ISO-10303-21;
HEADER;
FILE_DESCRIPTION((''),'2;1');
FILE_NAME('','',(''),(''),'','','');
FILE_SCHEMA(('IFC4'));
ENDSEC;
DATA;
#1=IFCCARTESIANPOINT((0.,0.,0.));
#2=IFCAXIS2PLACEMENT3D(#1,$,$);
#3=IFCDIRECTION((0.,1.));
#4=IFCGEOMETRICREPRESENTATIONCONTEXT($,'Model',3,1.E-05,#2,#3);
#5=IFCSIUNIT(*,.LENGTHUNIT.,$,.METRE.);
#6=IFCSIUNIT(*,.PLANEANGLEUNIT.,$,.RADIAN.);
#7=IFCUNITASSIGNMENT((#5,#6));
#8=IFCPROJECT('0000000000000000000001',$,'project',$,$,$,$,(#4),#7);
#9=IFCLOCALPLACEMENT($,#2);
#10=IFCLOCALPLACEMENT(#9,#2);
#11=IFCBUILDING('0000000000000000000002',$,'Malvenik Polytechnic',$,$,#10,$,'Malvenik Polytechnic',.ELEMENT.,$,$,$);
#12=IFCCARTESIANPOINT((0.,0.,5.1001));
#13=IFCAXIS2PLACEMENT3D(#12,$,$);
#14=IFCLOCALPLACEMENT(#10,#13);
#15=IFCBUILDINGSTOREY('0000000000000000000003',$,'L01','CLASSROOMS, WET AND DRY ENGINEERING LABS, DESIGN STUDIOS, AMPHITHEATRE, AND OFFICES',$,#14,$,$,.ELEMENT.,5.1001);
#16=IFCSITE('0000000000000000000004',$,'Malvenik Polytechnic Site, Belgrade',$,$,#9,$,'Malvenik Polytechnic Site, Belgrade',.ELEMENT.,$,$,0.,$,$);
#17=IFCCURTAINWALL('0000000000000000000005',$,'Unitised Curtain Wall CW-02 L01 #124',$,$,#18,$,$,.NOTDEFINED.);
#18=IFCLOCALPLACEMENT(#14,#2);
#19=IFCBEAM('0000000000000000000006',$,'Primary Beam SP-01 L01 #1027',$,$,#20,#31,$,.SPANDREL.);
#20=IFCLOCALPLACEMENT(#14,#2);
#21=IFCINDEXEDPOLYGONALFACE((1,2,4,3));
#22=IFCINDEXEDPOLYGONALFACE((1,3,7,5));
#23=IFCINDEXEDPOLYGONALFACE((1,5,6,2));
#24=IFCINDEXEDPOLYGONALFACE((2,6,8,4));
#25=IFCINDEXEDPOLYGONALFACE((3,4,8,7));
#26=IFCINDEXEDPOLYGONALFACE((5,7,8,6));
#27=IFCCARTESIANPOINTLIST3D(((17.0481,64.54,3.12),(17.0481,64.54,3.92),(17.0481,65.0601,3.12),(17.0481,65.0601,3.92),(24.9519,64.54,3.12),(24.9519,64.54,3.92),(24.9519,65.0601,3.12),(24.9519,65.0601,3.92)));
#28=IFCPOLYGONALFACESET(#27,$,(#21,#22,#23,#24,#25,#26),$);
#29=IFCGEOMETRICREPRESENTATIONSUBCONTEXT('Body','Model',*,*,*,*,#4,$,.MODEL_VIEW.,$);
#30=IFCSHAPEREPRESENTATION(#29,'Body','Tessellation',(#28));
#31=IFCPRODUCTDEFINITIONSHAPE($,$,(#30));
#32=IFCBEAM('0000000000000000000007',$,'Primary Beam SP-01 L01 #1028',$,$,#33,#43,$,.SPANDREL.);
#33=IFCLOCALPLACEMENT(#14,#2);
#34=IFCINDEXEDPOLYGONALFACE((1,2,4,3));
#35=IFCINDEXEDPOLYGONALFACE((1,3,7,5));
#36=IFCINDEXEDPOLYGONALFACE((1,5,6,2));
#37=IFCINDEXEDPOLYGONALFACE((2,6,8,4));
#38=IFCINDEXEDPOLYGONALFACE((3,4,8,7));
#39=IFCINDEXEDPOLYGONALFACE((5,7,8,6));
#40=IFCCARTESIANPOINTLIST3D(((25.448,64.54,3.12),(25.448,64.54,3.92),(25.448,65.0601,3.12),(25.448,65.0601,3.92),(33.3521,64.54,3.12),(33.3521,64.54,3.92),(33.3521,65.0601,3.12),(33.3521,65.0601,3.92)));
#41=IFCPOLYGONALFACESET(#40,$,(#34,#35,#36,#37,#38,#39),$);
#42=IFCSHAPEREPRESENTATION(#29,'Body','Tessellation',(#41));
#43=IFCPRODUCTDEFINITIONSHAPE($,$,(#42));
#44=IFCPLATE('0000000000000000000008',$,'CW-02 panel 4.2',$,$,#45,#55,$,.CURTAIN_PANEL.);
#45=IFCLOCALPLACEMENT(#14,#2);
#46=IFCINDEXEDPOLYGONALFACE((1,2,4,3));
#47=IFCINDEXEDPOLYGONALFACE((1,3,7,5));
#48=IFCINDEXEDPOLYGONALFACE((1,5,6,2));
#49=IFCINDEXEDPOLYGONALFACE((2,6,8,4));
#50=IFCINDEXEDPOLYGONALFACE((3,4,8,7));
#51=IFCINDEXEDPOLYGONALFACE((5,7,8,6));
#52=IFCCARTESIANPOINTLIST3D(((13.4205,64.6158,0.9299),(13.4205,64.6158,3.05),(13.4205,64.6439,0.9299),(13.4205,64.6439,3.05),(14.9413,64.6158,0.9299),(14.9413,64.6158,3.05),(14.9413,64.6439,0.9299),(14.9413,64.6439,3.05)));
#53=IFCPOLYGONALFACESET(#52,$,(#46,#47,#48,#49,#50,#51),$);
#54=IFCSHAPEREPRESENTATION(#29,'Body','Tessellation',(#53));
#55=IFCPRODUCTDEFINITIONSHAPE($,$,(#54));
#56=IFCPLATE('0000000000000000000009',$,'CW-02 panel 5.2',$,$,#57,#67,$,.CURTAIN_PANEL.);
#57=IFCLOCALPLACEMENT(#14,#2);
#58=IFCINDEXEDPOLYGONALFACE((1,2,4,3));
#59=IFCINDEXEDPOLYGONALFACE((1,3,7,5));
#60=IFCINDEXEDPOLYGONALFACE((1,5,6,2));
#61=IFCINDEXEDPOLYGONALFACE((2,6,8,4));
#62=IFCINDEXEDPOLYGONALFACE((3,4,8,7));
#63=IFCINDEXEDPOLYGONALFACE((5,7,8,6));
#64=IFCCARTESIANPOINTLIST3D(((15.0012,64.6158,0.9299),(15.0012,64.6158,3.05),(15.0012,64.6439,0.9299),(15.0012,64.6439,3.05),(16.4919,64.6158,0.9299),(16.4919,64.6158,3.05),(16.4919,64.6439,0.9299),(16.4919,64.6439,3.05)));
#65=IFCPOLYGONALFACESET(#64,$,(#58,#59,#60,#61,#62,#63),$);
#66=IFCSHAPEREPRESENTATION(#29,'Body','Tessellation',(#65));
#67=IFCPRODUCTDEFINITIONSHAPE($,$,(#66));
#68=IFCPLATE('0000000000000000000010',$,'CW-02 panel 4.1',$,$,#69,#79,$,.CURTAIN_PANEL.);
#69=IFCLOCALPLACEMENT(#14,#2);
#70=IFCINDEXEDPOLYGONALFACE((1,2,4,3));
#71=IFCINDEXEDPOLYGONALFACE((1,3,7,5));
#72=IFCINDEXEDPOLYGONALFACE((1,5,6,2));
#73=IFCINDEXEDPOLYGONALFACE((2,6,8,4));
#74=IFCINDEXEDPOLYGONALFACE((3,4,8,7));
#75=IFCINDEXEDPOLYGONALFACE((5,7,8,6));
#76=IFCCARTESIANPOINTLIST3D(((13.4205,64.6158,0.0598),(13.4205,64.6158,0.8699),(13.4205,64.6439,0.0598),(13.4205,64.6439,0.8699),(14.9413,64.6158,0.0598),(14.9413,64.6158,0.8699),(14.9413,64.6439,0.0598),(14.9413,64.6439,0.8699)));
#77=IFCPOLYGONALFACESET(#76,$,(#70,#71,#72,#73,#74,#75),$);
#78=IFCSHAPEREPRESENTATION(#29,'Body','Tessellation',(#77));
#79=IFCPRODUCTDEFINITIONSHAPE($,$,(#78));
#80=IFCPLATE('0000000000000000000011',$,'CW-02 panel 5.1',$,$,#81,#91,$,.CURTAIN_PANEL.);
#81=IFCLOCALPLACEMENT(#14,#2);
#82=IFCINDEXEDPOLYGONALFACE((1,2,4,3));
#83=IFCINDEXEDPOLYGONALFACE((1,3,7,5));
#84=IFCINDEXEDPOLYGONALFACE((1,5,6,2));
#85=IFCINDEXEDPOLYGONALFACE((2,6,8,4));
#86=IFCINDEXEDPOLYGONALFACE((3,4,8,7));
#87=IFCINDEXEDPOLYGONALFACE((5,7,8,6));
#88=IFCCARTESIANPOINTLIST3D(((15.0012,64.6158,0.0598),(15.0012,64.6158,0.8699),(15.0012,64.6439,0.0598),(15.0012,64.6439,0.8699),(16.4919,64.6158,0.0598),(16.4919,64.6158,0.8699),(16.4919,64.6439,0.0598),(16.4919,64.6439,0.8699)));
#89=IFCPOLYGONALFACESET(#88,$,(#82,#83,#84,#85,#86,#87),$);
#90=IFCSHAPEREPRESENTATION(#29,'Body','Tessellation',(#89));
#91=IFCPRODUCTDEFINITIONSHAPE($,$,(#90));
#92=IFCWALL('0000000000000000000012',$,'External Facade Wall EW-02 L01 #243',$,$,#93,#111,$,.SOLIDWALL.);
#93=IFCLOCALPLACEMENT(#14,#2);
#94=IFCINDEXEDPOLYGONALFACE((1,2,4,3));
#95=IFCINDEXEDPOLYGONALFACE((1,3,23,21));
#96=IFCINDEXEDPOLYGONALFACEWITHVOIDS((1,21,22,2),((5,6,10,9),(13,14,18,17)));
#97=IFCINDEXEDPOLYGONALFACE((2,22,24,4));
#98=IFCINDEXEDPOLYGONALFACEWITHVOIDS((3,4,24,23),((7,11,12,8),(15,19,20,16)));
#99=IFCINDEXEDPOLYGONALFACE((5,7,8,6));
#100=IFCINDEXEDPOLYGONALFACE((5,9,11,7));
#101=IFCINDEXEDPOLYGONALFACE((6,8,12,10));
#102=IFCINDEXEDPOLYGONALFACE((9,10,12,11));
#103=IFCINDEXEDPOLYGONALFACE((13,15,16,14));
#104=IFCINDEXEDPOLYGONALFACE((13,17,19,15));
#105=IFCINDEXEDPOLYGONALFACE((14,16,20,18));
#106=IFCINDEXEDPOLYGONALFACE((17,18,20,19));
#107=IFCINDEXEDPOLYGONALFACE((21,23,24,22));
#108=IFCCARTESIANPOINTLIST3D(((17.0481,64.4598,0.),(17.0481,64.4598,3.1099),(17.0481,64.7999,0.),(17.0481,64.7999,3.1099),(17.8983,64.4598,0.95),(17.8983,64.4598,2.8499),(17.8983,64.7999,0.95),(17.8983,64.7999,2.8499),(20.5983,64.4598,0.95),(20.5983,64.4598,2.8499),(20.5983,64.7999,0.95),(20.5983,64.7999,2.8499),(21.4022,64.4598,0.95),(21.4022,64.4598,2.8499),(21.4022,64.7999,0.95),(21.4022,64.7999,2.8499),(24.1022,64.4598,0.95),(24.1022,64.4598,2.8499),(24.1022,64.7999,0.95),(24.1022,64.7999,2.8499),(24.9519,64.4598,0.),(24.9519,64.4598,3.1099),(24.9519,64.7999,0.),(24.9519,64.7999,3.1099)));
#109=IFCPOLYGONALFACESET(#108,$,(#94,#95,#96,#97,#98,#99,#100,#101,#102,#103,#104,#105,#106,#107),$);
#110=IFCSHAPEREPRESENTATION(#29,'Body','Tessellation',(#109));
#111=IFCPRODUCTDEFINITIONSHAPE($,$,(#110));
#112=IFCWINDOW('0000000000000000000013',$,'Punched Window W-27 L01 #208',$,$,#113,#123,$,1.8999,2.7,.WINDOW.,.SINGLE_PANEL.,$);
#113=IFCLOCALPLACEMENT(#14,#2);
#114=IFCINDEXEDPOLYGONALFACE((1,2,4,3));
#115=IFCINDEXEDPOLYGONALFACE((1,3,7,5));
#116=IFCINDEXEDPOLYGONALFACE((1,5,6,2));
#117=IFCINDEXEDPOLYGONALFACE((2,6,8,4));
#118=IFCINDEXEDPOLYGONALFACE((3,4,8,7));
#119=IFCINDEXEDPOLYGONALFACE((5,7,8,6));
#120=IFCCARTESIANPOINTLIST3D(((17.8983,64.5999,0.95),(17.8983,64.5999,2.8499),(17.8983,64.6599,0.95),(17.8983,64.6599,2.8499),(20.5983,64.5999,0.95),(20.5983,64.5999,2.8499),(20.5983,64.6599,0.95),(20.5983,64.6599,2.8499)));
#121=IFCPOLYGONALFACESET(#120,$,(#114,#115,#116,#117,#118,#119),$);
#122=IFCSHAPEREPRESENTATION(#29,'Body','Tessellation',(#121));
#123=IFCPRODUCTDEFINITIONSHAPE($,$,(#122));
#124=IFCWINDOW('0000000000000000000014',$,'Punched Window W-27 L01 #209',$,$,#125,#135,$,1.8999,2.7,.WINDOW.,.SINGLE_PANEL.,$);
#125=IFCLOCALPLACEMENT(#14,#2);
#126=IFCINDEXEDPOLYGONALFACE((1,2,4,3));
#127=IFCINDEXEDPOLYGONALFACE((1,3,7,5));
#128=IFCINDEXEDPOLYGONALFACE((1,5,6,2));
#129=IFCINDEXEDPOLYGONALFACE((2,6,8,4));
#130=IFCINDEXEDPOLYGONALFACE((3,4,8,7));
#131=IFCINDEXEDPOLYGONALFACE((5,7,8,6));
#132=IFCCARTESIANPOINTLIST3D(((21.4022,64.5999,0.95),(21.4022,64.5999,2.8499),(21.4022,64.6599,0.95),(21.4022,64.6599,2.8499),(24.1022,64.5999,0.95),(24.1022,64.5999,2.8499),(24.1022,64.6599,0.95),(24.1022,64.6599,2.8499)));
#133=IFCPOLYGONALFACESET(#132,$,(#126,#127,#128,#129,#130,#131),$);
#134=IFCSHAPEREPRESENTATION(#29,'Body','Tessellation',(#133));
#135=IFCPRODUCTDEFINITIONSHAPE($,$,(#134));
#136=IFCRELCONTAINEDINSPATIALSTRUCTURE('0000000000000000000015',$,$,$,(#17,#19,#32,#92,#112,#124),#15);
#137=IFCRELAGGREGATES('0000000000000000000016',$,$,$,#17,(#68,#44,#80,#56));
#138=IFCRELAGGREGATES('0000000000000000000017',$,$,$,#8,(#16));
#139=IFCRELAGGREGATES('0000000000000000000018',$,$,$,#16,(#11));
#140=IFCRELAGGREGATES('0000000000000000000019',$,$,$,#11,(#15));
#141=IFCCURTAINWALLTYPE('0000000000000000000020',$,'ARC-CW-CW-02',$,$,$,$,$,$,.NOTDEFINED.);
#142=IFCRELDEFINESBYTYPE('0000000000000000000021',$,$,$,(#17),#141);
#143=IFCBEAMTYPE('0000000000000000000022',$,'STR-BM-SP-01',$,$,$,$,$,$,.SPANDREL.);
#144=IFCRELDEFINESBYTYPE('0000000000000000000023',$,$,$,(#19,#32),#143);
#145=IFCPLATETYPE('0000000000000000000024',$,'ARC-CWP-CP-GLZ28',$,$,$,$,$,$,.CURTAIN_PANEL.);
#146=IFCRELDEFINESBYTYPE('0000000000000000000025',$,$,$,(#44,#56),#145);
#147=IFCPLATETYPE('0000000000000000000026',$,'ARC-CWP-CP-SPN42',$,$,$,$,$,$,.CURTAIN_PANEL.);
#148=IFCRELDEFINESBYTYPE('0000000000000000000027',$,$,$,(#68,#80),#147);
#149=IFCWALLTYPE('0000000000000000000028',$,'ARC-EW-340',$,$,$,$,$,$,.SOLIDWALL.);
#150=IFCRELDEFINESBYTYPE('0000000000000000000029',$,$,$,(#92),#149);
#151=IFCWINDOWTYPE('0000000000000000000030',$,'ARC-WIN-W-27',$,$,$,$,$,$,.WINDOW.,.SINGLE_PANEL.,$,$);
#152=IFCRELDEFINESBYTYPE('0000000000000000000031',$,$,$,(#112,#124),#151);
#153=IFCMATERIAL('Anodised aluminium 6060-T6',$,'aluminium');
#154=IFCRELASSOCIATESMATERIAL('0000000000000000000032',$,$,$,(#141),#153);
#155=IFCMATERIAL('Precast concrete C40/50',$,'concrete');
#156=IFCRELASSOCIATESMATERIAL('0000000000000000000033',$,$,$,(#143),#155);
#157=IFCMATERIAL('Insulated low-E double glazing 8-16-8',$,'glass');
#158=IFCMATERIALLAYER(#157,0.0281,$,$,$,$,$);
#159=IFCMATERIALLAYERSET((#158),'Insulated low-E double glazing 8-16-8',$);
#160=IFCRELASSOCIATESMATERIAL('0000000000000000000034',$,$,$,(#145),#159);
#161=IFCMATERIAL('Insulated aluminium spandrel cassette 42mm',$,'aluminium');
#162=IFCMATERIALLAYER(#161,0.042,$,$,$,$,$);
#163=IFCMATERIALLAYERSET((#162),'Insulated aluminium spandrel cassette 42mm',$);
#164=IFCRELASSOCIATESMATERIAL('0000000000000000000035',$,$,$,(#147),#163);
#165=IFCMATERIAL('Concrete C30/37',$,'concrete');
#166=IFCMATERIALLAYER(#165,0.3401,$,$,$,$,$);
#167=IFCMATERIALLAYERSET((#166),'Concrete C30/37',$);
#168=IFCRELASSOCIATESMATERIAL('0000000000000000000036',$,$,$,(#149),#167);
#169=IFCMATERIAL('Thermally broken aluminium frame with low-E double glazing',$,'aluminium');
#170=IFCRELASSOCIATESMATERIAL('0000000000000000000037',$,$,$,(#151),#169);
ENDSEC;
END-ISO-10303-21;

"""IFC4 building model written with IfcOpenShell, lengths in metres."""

from ifc_helpers import new_model, si_unit, direction, frame, frame_2d, origin, origin_2d, place, context, subcontext, project, spatial, rectangle, extrude, material, layer, layer_set, material_profile, profile_set, type_object, element, fill, aggregate, save


model = new_model("IFC4")

# Units and contexts
model_context = context("Model", 3, precision=1e-05, world=origin(), true_north=direction((0.0, 1.0)))
body_context = subcontext(model_context, "Body", "Model", "MODEL_VIEW")
ifc_project = project(units=[si_unit("LENGTHUNIT", "METRE"), si_unit("PLANEANGLEUNIT", "RADIAN")], contexts=[model_context])

# Site, building, storey
site_placement = place(None, origin())
site = spatial("IfcSite", under=ifc_project, at=site_placement, Name="Malvenik Polytechnic Site, Belgrade", LongName="Malvenik Polytechnic Site, Belgrade", CompositionType="ELEMENT", RefElevation=0.0)
building_placement = place(site_placement, origin())
building = spatial("IfcBuilding", under=site, at=building_placement, Name="Malvenik Polytechnic", LongName="Malvenik Polytechnic", CompositionType="ELEMENT")
storey_placement = place(building_placement, frame((0.0, 0.0, 5.1001)))
storey = spatial("IfcBuildingStorey", under=building, at=storey_placement, Name="L01", Description="CLASSROOMS, WET AND DRY ENGINEERING LABS, DESIGN STUDIOS, AMPHITHEATRE, AND OFFICES", CompositionType="ELEMENT", Elevation=5.1001)

# Shared definitions
ifc_material_1 = material(Name="Anodised aluminium 6060-T6", Category="aluminium")
curtain_wall_type = type_object("IfcCurtainWallType", Name="ARC-CW-CW-02", PredefinedType="NOTDEFINED", material=ifc_material_1)

# Curtain wall
curtain_wall_1_placement = place(storey_placement, origin())
curtain_wall_1 = element("IfcCurtainWall", 1, at=curtain_wall_1_placement, inside=storey, type_object=curtain_wall_type, Name="Unitised Curtain Wall CW-02 L01 #124", PredefinedType="NOTDEFINED")

# Beams
ifc_material_2 = material(Name="Precast concrete C40/50", Category="concrete")
ifc_material_profile_1 = material_profile(ifc_material_2, rectangle(XDim=0.52, YDim=0.8, at=origin_2d()), Name="PC SPN 520x800")
ifc_profile_set_1 = profile_set([ifc_material_profile_1], Name="Precast concrete C40/50")
beam_type = type_object("IfcBeamType", Name="STR-BM-SP-01", PredefinedType="SPANDREL", material=ifc_profile_set_1)
beam_1_placement = place(storey_placement, frame((17.0481, 64.8, 3.52), z_axis=(1.0, 0.0, 0.0), x_axis=(0.0, 1.0, 0.0)))
element("IfcBeam", 2, at=beam_1_placement, inside=storey, type_object=beam_type, Name="Primary Beam SP-01 L01 #1027", PredefinedType="SPANDREL", context=body_context, shape_type="SweptSolid", body=[
    extrude(rectangle(XDim=0.52, YDim=0.8, at=origin_2d()), origin(), (0.0, 0.0, 1.0), 7.9038),
])
beam_2_placement = place(storey_placement, frame((25.448, 64.8, 3.52), z_axis=(1.0, 0.0, 0.0), x_axis=(0.0, 1.0, 0.0)))
element("IfcBeam", 3, at=beam_2_placement, inside=storey, type_object=beam_type, Name="Primary Beam SP-01 L01 #1028", PredefinedType="SPANDREL", context=body_context, shape_type="SweptSolid", body=[
    extrude(rectangle(XDim=0.52, YDim=0.8, at=origin_2d()), origin(), (0.0, 0.0, 1.0), 7.9041),
])

# Plates
ifc_material_3 = material(Name="Insulated low-E double glazing 8-16-8", Category="glass")
ifc_layer_1 = layer(ifc_material_3, 0.0281)
ifc_layer_set_1 = layer_set([ifc_layer_1], Name="Insulated low-E double glazing 8-16-8")
plate_type_1 = type_object("IfcPlateType", Name="ARC-CWP-CP-GLZ28", PredefinedType="CURTAIN_PANEL", material=ifc_layer_set_1)
plate_1_placement = place(storey_placement, frame((14.1809, 64.6299, 0.9299), z_axis=(0.0, 0.0, 1.0), x_axis=(1.0, 0.0, 0.0)))
plate_1 = element("IfcPlate", 4, at=plate_1_placement, type_object=plate_type_1, Name="CW-02 panel 4.2", PredefinedType="CURTAIN_PANEL", context=body_context, shape_type="SweptSolid", body=[
    extrude(rectangle(XDim=1.5208, YDim=0.0281, at=origin_2d()), origin(), (0.0, 0.0, 1.0), 2.1201),
])
plate_2_placement = place(storey_placement, frame((15.7466, 64.6299, 0.9299), z_axis=(0.0, 0.0, 1.0), x_axis=(1.0, 0.0, 0.0)))
plate_2 = element("IfcPlate", 5, at=plate_2_placement, type_object=plate_type_1, Name="CW-02 panel 5.2", PredefinedType="CURTAIN_PANEL", context=body_context, shape_type="SweptSolid", body=[
    extrude(rectangle(XDim=1.4907, YDim=0.0281, at=origin_2d()), origin(), (0.0, 0.0, 1.0), 2.1201),
])
ifc_material_4 = material(Name="Insulated aluminium spandrel cassette 42mm", Category="aluminium")
ifc_layer_2 = layer(ifc_material_4, 0.042)
ifc_layer_set_2 = layer_set([ifc_layer_2], Name="Insulated aluminium spandrel cassette 42mm")
plate_type_2 = type_object("IfcPlateType", Name="ARC-CWP-CP-SPN42", PredefinedType="CURTAIN_PANEL", material=ifc_layer_set_2)
plate_3_placement = place(storey_placement, frame((14.1809, 64.6299, 0.0598), z_axis=(0.0, 0.0, 1.0), x_axis=(1.0, 0.0, 0.0)))
plate_3 = element("IfcPlate", 6, at=plate_3_placement, type_object=plate_type_2, Name="CW-02 panel 4.1", PredefinedType="CURTAIN_PANEL", context=body_context, shape_type="SweptSolid", body=[
    extrude(rectangle(XDim=1.5208, YDim=0.0281, at=origin_2d()), origin(), (0.0, 0.0, 1.0), 0.8101),
])
plate_4_placement = place(storey_placement, frame((15.7466, 64.6299, 0.0598), z_axis=(0.0, 0.0, 1.0), x_axis=(1.0, 0.0, 0.0)))
plate_4 = element("IfcPlate", 7, at=plate_4_placement, type_object=plate_type_2, Name="CW-02 panel 5.1", PredefinedType="CURTAIN_PANEL", context=body_context, shape_type="SweptSolid", body=[
    extrude(rectangle(XDim=1.4907, YDim=0.0281, at=origin_2d()), origin(), (0.0, 0.0, 1.0), 0.8101),
])
aggregate(curtain_wall_1, [plate_3, plate_1, plate_4, plate_2])

# Wall, openings, windows
ifc_material_5 = material(Name="Concrete C30/37", Category="concrete")
ifc_layer_3 = layer(ifc_material_5, 0.3401)
ifc_layer_set_3 = layer_set([ifc_layer_3], Name="Concrete C30/37")
wall_type = type_object("IfcWallType", Name="ARC-EW-340", PredefinedType="SOLIDWALL", material=ifc_layer_set_3)
wall_placement = place(storey_placement, frame((17.0481, 64.6299, 0.0), z_axis=(0.0, 0.0, 1.0), x_axis=(1.0, 0.0, 0.0)))
wall = element("IfcWall", 8, at=wall_placement, inside=storey, type_object=wall_type, Name="External Facade Wall EW-02 L01 #243", PredefinedType="SOLIDWALL", context=body_context, shape_type="SweptSolid", body=[
    extrude(rectangle(XDim=7.9038, YDim=0.3401, at=frame_2d((3.9519, 0.0))), origin(), (0.0, 0.0, 1.0), 3.1099),
])
opening_1_placement = place(wall_placement, frame((0.8501, 0.0, 0.95)))
opening_1 = element("IfcOpeningElement", 9, at=opening_1_placement, cuts=wall, PredefinedType="OPENING", context=body_context, shape_type="SweptSolid", body=[
    extrude(rectangle(XDim=2.7, YDim=1.8999, at=frame_2d((1.3501, 0.95))), frame((0.0, 0.1802, 0.0), z_axis=(0.0, -1.0, 0.0), x_axis=(1.0, 0.0, 0.0)), (0.0, 0.0, 1.0), 0.3601),
])
opening_2_placement = place(wall_placement, frame((4.354, 0.0, 0.95)))
opening_2 = element("IfcOpeningElement", 10, at=opening_2_placement, cuts=wall, PredefinedType="OPENING", context=body_context, shape_type="SweptSolid", body=[
    extrude(rectangle(XDim=2.7, YDim=1.8999, at=frame_2d((1.3501, 0.95))), frame((0.0, 0.1802, 0.0), z_axis=(0.0, -1.0, 0.0), x_axis=(1.0, 0.0, 0.0)), (0.0, 0.0, 1.0), 0.3601),
])
ifc_material_6 = material(Name="Thermally broken aluminium frame with low-E double glazing", Category="aluminium")
window_type = type_object("IfcWindowType", Name="ARC-WIN-W-27", PartitioningType="SINGLE_PANEL", PredefinedType="WINDOW", material=ifc_material_6)
window_1_placement = place(opening_1_placement, origin())
window_1 = element("IfcWindow", 11, at=window_1_placement, inside=storey, type_object=window_type, Name="Punched Window W-27 L01 #208", OverallHeight=1.8999, OverallWidth=2.7, PartitioningType="SINGLE_PANEL", PredefinedType="WINDOW", context=body_context, shape_type="SweptSolid", body=[
    extrude(rectangle(XDim=2.7, YDim=1.8999, at=frame_2d((1.3501, 0.95))), frame((0.0, 0.03, 0.0), z_axis=(0.0, -1.0, 0.0), x_axis=(1.0, 0.0, 0.0)), (0.0, 0.0, 1.0), 0.0601),
])
fill(opening_1, window_1)
window_2_placement = place(opening_2_placement, origin())
window_2 = element("IfcWindow", 12, at=window_2_placement, inside=storey, type_object=window_type, Name="Punched Window W-27 L01 #209", OverallHeight=1.8999, OverallWidth=2.7, PartitioningType="SINGLE_PANEL", PredefinedType="WINDOW", context=body_context, shape_type="SweptSolid", body=[
    extrude(rectangle(XDim=2.7, YDim=1.8999, at=frame_2d((1.3501, 0.95))), frame((0.0, 0.03, 0.0), z_axis=(0.0, -1.0, 0.0), x_axis=(1.0, 0.0, 0.0)), (0.0, 0.0, 1.0), 0.0601),
])
fill(opening_2, window_2)

save(model, "model.ifc")
